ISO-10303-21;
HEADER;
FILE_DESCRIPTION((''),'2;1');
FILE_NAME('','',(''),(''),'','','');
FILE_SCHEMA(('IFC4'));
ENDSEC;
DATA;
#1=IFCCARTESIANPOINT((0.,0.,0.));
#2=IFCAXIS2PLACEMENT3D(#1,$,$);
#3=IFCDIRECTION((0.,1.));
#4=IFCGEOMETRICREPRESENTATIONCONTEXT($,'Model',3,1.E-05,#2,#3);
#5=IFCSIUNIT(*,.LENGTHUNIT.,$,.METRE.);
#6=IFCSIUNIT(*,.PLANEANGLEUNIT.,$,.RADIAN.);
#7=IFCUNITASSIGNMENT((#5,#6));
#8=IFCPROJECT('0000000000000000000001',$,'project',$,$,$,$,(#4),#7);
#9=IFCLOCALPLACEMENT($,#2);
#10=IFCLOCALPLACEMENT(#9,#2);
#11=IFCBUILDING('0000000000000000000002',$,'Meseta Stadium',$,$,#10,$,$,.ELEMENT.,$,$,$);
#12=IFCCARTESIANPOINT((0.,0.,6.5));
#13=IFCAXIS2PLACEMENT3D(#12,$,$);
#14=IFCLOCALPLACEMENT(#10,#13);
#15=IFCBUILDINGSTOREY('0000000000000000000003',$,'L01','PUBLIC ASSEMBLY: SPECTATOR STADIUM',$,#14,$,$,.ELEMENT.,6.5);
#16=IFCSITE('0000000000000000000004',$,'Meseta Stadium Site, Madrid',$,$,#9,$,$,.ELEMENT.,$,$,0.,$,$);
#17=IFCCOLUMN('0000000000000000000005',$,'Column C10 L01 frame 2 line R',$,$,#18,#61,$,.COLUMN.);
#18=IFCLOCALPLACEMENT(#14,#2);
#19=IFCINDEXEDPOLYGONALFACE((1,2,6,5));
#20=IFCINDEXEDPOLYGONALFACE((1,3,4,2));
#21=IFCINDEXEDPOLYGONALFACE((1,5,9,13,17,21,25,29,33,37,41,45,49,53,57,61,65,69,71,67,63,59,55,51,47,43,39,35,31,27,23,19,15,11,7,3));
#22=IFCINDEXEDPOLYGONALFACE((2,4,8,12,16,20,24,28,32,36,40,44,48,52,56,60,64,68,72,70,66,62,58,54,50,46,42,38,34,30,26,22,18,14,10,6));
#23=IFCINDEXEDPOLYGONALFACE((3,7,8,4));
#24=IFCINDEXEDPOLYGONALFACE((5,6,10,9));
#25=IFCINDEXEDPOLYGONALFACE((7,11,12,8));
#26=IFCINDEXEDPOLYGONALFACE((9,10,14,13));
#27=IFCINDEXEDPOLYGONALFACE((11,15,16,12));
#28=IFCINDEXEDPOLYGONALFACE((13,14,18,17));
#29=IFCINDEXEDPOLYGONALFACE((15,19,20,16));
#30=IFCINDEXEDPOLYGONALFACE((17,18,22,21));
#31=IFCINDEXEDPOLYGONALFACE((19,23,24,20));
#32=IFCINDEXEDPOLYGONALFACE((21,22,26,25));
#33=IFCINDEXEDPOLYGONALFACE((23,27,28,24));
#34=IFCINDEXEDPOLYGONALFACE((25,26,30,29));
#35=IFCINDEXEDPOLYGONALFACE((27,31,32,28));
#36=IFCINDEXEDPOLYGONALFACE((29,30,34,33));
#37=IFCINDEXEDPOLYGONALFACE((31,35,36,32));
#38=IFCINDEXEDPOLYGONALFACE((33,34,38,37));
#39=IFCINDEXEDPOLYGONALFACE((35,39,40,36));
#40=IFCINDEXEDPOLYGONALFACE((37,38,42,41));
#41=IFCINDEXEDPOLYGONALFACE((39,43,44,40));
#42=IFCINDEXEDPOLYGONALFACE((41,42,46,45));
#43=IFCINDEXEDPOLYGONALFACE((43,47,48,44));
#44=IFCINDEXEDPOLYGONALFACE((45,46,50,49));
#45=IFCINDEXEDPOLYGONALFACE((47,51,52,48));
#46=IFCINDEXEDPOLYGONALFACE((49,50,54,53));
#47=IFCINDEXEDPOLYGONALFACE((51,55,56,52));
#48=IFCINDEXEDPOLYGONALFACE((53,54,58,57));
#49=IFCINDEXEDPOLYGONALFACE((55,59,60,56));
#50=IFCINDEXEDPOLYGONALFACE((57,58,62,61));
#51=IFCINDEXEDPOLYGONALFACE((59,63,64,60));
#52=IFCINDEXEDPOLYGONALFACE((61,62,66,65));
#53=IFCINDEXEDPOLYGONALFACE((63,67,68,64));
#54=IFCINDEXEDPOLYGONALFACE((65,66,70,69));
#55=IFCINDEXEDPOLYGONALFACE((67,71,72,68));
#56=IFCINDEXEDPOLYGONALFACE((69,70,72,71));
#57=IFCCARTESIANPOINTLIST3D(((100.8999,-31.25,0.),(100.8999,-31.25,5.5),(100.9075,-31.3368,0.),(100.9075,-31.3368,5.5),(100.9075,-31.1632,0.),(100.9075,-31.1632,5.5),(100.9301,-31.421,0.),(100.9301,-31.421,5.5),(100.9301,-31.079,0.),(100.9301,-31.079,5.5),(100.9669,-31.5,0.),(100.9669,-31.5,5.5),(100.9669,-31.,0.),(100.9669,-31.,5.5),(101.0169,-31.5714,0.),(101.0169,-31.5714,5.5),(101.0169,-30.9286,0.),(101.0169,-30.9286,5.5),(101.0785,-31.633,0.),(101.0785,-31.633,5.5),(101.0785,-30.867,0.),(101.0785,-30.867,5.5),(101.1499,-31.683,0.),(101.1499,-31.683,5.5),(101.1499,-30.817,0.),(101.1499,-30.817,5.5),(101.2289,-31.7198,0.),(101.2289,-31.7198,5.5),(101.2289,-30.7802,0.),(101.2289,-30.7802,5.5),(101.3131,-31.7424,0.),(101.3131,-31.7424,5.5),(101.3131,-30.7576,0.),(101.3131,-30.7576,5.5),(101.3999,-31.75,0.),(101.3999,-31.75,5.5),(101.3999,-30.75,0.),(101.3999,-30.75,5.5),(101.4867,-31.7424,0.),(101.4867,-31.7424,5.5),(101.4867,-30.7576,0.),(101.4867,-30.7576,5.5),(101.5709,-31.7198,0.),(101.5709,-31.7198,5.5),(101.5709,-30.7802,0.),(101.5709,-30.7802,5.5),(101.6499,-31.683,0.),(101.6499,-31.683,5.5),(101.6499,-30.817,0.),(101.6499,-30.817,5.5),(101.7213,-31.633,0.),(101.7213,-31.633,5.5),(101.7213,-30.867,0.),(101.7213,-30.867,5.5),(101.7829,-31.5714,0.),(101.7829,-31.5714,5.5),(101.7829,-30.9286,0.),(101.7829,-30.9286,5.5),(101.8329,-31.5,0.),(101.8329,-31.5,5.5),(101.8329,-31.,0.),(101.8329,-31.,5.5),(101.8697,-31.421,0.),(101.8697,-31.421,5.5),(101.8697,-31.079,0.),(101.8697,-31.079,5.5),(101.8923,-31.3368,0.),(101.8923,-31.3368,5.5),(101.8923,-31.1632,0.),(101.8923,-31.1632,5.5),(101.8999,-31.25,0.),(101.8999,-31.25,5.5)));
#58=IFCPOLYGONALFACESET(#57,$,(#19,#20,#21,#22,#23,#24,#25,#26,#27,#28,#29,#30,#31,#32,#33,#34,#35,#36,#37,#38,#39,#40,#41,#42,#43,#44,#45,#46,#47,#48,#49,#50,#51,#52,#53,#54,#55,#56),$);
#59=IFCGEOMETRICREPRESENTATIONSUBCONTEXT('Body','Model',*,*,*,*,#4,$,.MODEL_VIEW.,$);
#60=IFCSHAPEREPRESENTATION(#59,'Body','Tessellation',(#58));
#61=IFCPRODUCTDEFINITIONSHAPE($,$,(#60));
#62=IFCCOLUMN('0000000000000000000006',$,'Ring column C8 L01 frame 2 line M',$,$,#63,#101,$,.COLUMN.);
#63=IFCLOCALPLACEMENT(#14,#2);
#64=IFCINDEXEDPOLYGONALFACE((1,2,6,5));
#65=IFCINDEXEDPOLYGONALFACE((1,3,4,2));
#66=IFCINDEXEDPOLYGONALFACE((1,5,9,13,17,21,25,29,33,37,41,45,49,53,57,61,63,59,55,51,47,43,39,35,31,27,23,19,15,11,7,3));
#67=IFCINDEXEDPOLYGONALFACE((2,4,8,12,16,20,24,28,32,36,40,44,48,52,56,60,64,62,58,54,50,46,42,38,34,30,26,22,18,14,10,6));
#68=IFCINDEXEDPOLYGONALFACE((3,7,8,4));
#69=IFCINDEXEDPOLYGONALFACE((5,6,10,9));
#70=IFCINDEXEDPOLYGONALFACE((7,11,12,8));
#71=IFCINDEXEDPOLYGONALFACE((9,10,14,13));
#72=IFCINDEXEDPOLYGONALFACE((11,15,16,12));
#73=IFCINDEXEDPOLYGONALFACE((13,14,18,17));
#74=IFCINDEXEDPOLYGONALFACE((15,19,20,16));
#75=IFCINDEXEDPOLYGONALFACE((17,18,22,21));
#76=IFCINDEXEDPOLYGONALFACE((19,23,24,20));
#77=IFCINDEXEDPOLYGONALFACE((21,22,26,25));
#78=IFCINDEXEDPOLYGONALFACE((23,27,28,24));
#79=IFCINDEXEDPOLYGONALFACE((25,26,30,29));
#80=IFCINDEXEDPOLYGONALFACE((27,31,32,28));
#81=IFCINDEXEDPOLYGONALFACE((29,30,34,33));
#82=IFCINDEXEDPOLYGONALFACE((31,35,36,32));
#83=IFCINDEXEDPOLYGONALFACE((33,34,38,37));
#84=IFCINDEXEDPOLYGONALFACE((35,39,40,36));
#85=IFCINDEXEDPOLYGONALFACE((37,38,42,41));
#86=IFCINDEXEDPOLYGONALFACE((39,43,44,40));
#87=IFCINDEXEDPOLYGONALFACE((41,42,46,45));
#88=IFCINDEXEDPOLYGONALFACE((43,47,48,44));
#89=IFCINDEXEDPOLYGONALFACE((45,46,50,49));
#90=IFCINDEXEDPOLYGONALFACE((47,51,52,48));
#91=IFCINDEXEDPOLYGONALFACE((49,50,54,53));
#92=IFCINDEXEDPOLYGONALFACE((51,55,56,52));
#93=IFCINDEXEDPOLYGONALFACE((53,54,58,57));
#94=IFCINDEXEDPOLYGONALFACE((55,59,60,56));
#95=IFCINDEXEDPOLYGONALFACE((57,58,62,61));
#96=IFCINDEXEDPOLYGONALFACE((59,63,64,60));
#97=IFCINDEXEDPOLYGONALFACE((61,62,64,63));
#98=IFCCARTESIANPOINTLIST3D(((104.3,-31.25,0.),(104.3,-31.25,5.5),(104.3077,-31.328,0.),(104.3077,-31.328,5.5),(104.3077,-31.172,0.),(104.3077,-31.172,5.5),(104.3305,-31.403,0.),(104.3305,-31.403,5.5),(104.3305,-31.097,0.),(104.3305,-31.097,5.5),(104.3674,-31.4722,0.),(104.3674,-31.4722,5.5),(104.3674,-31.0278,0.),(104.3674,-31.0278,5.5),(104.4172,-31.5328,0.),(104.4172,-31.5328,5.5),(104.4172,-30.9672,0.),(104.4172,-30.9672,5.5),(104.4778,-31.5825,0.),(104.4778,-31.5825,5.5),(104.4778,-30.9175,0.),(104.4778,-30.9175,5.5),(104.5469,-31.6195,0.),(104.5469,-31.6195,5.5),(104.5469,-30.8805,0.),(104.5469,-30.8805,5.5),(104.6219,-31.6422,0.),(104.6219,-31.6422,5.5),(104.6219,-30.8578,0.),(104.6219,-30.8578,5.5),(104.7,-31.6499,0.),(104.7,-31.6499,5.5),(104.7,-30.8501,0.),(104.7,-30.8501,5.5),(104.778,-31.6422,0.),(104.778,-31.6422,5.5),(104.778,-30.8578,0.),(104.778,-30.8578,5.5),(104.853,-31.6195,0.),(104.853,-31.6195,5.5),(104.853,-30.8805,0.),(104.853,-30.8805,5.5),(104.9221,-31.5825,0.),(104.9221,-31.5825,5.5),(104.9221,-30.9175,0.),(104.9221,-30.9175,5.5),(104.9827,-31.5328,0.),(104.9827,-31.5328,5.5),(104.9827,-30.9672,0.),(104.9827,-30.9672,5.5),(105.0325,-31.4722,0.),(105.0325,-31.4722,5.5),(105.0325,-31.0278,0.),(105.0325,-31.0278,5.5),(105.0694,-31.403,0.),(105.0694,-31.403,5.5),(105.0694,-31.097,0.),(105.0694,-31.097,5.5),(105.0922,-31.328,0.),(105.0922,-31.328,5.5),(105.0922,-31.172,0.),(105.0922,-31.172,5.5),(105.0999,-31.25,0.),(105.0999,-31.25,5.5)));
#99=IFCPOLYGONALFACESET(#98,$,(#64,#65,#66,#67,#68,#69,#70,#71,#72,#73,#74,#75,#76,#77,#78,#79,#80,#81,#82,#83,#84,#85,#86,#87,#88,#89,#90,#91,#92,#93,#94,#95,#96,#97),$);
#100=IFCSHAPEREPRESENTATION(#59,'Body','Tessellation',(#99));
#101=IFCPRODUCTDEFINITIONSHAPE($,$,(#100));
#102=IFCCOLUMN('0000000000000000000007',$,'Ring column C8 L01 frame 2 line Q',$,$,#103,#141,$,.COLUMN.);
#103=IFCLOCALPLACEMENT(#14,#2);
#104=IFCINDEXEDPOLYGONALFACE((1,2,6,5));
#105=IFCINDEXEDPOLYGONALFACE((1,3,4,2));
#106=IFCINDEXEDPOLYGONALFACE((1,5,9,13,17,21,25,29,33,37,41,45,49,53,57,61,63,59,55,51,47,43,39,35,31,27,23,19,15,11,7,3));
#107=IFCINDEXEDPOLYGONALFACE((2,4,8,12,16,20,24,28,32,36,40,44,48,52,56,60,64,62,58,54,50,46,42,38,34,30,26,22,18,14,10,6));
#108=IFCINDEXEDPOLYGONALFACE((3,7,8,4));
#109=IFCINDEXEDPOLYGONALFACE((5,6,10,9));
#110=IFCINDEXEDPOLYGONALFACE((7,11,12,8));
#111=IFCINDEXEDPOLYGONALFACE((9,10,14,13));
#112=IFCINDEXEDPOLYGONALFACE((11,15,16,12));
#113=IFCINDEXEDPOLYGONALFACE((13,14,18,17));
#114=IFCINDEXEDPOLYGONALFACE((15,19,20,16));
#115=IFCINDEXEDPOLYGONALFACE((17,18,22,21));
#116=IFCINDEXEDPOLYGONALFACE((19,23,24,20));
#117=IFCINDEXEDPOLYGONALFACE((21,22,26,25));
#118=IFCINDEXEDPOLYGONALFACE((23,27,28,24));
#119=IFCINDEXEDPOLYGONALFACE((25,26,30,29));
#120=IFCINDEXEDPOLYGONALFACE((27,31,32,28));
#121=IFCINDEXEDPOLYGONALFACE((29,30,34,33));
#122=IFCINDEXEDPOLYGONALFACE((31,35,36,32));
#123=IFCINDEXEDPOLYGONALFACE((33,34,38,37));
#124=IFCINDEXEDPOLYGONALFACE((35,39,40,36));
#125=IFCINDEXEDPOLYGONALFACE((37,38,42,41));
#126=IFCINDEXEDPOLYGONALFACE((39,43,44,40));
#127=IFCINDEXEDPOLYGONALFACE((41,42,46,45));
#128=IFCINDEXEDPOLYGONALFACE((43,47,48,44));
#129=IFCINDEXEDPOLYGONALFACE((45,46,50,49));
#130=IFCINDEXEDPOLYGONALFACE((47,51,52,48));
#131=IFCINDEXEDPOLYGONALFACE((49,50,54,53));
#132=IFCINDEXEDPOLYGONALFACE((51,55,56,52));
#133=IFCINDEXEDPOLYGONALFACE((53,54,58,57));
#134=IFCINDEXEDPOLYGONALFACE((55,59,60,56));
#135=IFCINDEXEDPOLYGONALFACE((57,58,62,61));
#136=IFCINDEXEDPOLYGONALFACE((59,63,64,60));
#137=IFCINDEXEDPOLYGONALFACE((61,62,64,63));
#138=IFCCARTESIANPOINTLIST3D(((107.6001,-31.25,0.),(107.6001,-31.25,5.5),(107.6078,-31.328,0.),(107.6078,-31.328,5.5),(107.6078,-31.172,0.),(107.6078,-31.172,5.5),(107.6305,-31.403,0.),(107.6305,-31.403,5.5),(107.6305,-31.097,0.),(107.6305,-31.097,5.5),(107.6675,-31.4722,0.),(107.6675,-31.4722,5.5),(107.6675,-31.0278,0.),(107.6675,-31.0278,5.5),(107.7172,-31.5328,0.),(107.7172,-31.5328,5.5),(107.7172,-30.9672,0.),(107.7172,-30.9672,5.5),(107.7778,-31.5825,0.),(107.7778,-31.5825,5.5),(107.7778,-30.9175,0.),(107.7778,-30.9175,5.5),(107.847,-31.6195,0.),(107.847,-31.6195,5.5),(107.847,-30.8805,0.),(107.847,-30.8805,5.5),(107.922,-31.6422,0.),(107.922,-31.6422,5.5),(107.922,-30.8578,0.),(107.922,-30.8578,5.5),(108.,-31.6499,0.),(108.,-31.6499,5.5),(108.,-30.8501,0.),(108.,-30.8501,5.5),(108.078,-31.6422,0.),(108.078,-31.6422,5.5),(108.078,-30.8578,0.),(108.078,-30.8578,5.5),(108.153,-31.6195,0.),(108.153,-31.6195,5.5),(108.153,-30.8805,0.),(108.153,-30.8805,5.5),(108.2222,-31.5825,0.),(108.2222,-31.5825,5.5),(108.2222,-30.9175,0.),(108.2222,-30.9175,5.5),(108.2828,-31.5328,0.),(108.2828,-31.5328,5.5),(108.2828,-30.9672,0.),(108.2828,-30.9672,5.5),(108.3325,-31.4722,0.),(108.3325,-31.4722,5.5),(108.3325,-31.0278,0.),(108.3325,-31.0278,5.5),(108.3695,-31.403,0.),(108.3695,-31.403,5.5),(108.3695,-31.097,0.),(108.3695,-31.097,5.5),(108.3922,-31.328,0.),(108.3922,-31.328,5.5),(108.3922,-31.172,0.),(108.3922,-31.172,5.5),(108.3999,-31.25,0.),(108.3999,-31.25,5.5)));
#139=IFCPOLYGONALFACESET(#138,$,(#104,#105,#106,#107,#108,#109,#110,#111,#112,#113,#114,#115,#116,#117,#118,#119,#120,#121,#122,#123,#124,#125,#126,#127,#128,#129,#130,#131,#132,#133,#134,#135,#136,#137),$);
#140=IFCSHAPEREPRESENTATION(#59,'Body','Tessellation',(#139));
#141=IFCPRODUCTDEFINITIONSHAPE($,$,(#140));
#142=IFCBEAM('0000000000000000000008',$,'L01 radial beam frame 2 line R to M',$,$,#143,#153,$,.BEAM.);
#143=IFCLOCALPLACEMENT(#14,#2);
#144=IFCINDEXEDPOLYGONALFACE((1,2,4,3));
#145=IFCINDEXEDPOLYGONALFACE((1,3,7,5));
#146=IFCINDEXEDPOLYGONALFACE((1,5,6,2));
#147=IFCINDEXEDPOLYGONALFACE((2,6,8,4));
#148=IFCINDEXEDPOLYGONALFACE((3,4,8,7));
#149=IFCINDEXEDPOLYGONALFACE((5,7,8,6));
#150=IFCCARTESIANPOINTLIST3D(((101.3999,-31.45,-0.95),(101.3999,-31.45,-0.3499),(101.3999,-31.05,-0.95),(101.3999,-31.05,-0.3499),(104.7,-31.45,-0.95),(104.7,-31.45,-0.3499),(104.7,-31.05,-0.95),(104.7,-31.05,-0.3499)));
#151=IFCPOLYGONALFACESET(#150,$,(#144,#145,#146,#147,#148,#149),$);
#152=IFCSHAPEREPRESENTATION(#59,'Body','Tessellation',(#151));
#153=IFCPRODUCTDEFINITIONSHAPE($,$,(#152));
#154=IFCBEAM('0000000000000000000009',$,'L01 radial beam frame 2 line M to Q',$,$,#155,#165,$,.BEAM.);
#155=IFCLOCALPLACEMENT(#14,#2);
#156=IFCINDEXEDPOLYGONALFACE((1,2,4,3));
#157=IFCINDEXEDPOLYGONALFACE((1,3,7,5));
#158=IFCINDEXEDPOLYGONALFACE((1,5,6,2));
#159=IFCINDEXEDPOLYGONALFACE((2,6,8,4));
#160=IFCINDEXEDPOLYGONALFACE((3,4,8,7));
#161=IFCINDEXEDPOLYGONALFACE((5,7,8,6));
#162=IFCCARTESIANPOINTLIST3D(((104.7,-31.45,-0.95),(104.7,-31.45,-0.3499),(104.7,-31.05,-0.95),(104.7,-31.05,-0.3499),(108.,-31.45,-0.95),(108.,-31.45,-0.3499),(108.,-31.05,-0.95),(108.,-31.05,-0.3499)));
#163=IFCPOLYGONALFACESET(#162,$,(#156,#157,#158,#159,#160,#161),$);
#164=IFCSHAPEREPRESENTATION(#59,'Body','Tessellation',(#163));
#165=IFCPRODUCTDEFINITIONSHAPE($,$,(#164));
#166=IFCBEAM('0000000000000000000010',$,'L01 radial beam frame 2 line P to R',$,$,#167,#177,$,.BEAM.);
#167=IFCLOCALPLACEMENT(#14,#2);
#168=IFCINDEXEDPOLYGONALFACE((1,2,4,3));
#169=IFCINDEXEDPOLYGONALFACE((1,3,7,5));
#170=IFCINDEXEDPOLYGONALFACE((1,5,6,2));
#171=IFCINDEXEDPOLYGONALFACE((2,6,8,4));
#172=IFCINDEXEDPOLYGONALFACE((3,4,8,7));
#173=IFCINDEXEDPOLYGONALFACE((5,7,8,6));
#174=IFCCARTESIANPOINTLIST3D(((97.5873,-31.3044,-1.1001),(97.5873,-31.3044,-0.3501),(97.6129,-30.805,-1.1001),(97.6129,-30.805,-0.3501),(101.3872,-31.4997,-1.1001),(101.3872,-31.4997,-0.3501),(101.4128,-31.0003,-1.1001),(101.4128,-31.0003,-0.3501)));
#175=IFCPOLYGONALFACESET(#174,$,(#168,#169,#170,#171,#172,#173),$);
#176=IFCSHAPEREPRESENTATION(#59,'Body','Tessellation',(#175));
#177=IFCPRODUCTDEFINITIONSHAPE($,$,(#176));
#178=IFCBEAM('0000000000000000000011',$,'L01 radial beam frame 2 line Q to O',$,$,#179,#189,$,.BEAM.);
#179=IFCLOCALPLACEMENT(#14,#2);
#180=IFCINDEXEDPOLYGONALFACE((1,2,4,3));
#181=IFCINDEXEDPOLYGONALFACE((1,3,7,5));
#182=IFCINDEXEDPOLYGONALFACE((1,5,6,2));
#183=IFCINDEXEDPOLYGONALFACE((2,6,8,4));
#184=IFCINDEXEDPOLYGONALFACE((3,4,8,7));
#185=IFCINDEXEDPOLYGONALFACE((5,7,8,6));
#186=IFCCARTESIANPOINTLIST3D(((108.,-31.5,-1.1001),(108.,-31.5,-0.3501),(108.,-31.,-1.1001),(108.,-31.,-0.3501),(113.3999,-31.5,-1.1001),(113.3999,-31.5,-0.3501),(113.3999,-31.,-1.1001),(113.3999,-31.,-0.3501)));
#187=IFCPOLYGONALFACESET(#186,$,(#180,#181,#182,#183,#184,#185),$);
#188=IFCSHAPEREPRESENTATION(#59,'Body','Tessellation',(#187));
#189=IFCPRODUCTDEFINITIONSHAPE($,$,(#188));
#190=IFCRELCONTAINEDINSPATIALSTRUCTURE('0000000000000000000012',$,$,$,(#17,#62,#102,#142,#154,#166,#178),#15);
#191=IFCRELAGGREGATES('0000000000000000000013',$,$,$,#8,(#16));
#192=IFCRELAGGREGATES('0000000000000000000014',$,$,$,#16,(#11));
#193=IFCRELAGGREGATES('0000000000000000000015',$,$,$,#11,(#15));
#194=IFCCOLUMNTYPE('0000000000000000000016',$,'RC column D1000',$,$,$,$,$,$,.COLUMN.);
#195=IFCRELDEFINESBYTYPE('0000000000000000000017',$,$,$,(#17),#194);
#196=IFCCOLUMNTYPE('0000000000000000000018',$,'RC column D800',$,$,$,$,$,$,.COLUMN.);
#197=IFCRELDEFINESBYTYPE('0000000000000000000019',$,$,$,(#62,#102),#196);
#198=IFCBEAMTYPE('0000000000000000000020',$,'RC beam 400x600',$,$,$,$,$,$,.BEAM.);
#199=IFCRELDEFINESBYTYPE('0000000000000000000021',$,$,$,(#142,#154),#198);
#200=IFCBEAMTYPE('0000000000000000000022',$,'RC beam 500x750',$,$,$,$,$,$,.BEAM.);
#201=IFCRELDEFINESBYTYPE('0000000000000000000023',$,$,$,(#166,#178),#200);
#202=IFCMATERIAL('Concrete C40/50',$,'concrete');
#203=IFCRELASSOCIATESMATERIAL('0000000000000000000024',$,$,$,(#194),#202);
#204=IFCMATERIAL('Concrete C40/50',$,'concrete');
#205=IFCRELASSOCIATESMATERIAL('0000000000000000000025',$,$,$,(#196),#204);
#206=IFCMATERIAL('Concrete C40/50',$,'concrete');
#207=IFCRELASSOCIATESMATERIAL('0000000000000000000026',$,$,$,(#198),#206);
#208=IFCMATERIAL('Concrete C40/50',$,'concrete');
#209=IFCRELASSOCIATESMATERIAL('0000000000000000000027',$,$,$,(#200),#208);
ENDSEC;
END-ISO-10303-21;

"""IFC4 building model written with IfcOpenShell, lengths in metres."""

from ifc_helpers import new_model, si_unit, direction, frame, origin, origin_2d, place, context, subcontext, project, spatial, rectangle, circle, extrude, material, material_profile, profile_set, type_object, element, save


model = new_model("IFC4")

# Units and contexts
model_context = context("Model", 3, precision=1e-05, world=origin(), true_north=direction((0.0, 1.0)))
body_context = subcontext(model_context, "Body", "Model", "MODEL_VIEW")
ifc_project = project(units=[si_unit("LENGTHUNIT", "METRE"), si_unit("PLANEANGLEUNIT", "RADIAN")], contexts=[model_context])

# Site, building, storey
site_placement = place(None, origin())
site = spatial("IfcSite", under=ifc_project, at=site_placement, Name="Meseta Stadium Site, Madrid", CompositionType="ELEMENT", RefElevation=0.0)
building_placement = place(site_placement, origin())
building = spatial("IfcBuilding", under=site, at=building_placement, Name="Meseta Stadium", CompositionType="ELEMENT")
storey_placement = place(building_placement, frame((0.0, 0.0, 6.5)))
storey = spatial("IfcBuildingStorey", under=building, at=storey_placement, Name="L01", Description="PUBLIC ASSEMBLY: SPECTATOR STADIUM", CompositionType="ELEMENT", Elevation=6.5)

# Columns
ifc_material_1 = material(Name="Concrete C40/50", Category="concrete")
ifc_material_profile_1 = material_profile(ifc_material_1, circle(Radius=0.5, at=origin_2d()), Name="RC D1000")
ifc_profile_set_1 = profile_set([ifc_material_profile_1], Name="Concrete C40/50")
column_type_1 = type_object("IfcColumnType", Name="RC column D1000", PredefinedType="COLUMN", material=ifc_profile_set_1)
column_placement = place(storey_placement, frame((101.3999, -31.25, 0.0), z_axis=(0.0, 0.0, 1.0), x_axis=(1.0, 0.0, 0.0)))
element("IfcColumn", 1, at=column_placement, inside=storey, type_object=column_type_1, Name="Column C10 L01 frame 2 line R", PredefinedType="COLUMN", context=body_context, shape_type="SweptSolid", body=[
    extrude(circle(Radius=0.5, at=origin_2d()), origin(), (0.0, 0.0, 1.0), 5.5),
])
ifc_material_2 = material(Name="Concrete C40/50", Category="concrete")
ifc_material_profile_2 = material_profile(ifc_material_2, circle(Radius=0.3999, at=origin_2d()), Name="RC D800")
ifc_profile_set_2 = profile_set([ifc_material_profile_2], Name="Concrete C40/50")
column_type_2 = type_object("IfcColumnType", Name="RC column D800", PredefinedType="COLUMN", material=ifc_profile_set_2)
for number, where, z_axis, x_axis, name in (
    (2, (104.7, -31.25, 0.0), (0.0, 0.0, 1.0), (1.0, 0.0, 0.0), "Ring column C8 L01 frame 2 line M"),
    (3, (108.0, -31.25, 0.0), (0.0, 0.0, 1.0), (1.0, 0.0, 0.0), "Ring column C8 L01 frame 2 line Q"),
):
    element("IfcColumn", number, at=place(storey_placement, frame(where, z_axis=z_axis, x_axis=x_axis)), inside=storey, type_object=column_type_2, Name=name, PredefinedType="COLUMN", context=body_context, shape_type="SweptSolid", body=[
        extrude(circle(Radius=0.3999, at=origin_2d()), origin(), (0.0, 0.0, 1.0), 5.5),
    ])

# Beams
ifc_material_3 = material(Name="Concrete C40/50", Category="concrete")
ifc_material_profile_3 = material_profile(ifc_material_3, rectangle(XDim=0.3999, YDim=0.6001, at=origin_2d()), Name="RC 400x600")
ifc_profile_set_3 = profile_set([ifc_material_profile_3], Name="Concrete C40/50")
beam_type_1 = type_object("IfcBeamType", Name="RC beam 400x600", PredefinedType="BEAM", material=ifc_profile_set_3)
for number, where, z_axis, x_axis, name in (
    (4, (101.3999, -31.25, -0.6499), (1.0, 0.0, 0.0), (0.0, 1.0, 0.0), "L01 radial beam frame 2 line R to M"),
    (5, (104.7, -31.25, -0.6499), (1.0, 0.0, 0.0), (0.0, 1.0, 0.0), "L01 radial beam frame 2 line M to Q"),
):
    element("IfcBeam", number, at=place(storey_placement, frame(where, z_axis=z_axis, x_axis=x_axis)), inside=storey, type_object=beam_type_1, Name=name, PredefinedType="BEAM", context=body_context, shape_type="SweptSolid", body=[
        extrude(rectangle(XDim=0.3999, YDim=0.6001, at=origin_2d()), origin(), (0.0, 0.0, 1.0), 3.3),
    ])
ifc_material_4 = material(Name="Concrete C40/50", Category="concrete")
ifc_material_profile_4 = material_profile(ifc_material_4, rectangle(XDim=0.5, YDim=0.75, at=origin_2d()), Name="RC 500x750")
ifc_profile_set_4 = profile_set([ifc_material_profile_4], Name="Concrete C40/50")
beam_type_2 = type_object("IfcBeamType", Name="RC beam 500x750", PredefinedType="BEAM", material=ifc_profile_set_4)
beam_1_placement = place(storey_placement, frame((97.6001, -31.0547, -0.7251), z_axis=(0.998682, -0.051333, 0.0), x_axis=(0.051333, 0.998682, 0.0)))
element("IfcBeam", 6, at=beam_1_placement, inside=storey, type_object=beam_type_2, Name="L01 radial beam frame 2 line P to R", PredefinedType="BEAM", context=body_context, shape_type="SweptSolid", body=[
    extrude(rectangle(XDim=0.5, YDim=0.75, at=origin_2d()), origin(), (0.0, 0.0, 1.0), 3.8049),
])
beam_2_placement = place(storey_placement, frame((108.0, -31.25, -0.7251), z_axis=(1.0, 0.0, 0.0), x_axis=(0.0, 1.0, 0.0)))
element("IfcBeam", 7, at=beam_2_placement, inside=storey, type_object=beam_type_2, Name="L01 radial beam frame 2 line Q to O", PredefinedType="BEAM", context=body_context, shape_type="SweptSolid", body=[
    extrude(rectangle(XDim=0.5, YDim=0.75, at=origin_2d()), origin(), (0.0, 0.0, 1.0), 5.3999),
])

save(model, "model.ifc")
